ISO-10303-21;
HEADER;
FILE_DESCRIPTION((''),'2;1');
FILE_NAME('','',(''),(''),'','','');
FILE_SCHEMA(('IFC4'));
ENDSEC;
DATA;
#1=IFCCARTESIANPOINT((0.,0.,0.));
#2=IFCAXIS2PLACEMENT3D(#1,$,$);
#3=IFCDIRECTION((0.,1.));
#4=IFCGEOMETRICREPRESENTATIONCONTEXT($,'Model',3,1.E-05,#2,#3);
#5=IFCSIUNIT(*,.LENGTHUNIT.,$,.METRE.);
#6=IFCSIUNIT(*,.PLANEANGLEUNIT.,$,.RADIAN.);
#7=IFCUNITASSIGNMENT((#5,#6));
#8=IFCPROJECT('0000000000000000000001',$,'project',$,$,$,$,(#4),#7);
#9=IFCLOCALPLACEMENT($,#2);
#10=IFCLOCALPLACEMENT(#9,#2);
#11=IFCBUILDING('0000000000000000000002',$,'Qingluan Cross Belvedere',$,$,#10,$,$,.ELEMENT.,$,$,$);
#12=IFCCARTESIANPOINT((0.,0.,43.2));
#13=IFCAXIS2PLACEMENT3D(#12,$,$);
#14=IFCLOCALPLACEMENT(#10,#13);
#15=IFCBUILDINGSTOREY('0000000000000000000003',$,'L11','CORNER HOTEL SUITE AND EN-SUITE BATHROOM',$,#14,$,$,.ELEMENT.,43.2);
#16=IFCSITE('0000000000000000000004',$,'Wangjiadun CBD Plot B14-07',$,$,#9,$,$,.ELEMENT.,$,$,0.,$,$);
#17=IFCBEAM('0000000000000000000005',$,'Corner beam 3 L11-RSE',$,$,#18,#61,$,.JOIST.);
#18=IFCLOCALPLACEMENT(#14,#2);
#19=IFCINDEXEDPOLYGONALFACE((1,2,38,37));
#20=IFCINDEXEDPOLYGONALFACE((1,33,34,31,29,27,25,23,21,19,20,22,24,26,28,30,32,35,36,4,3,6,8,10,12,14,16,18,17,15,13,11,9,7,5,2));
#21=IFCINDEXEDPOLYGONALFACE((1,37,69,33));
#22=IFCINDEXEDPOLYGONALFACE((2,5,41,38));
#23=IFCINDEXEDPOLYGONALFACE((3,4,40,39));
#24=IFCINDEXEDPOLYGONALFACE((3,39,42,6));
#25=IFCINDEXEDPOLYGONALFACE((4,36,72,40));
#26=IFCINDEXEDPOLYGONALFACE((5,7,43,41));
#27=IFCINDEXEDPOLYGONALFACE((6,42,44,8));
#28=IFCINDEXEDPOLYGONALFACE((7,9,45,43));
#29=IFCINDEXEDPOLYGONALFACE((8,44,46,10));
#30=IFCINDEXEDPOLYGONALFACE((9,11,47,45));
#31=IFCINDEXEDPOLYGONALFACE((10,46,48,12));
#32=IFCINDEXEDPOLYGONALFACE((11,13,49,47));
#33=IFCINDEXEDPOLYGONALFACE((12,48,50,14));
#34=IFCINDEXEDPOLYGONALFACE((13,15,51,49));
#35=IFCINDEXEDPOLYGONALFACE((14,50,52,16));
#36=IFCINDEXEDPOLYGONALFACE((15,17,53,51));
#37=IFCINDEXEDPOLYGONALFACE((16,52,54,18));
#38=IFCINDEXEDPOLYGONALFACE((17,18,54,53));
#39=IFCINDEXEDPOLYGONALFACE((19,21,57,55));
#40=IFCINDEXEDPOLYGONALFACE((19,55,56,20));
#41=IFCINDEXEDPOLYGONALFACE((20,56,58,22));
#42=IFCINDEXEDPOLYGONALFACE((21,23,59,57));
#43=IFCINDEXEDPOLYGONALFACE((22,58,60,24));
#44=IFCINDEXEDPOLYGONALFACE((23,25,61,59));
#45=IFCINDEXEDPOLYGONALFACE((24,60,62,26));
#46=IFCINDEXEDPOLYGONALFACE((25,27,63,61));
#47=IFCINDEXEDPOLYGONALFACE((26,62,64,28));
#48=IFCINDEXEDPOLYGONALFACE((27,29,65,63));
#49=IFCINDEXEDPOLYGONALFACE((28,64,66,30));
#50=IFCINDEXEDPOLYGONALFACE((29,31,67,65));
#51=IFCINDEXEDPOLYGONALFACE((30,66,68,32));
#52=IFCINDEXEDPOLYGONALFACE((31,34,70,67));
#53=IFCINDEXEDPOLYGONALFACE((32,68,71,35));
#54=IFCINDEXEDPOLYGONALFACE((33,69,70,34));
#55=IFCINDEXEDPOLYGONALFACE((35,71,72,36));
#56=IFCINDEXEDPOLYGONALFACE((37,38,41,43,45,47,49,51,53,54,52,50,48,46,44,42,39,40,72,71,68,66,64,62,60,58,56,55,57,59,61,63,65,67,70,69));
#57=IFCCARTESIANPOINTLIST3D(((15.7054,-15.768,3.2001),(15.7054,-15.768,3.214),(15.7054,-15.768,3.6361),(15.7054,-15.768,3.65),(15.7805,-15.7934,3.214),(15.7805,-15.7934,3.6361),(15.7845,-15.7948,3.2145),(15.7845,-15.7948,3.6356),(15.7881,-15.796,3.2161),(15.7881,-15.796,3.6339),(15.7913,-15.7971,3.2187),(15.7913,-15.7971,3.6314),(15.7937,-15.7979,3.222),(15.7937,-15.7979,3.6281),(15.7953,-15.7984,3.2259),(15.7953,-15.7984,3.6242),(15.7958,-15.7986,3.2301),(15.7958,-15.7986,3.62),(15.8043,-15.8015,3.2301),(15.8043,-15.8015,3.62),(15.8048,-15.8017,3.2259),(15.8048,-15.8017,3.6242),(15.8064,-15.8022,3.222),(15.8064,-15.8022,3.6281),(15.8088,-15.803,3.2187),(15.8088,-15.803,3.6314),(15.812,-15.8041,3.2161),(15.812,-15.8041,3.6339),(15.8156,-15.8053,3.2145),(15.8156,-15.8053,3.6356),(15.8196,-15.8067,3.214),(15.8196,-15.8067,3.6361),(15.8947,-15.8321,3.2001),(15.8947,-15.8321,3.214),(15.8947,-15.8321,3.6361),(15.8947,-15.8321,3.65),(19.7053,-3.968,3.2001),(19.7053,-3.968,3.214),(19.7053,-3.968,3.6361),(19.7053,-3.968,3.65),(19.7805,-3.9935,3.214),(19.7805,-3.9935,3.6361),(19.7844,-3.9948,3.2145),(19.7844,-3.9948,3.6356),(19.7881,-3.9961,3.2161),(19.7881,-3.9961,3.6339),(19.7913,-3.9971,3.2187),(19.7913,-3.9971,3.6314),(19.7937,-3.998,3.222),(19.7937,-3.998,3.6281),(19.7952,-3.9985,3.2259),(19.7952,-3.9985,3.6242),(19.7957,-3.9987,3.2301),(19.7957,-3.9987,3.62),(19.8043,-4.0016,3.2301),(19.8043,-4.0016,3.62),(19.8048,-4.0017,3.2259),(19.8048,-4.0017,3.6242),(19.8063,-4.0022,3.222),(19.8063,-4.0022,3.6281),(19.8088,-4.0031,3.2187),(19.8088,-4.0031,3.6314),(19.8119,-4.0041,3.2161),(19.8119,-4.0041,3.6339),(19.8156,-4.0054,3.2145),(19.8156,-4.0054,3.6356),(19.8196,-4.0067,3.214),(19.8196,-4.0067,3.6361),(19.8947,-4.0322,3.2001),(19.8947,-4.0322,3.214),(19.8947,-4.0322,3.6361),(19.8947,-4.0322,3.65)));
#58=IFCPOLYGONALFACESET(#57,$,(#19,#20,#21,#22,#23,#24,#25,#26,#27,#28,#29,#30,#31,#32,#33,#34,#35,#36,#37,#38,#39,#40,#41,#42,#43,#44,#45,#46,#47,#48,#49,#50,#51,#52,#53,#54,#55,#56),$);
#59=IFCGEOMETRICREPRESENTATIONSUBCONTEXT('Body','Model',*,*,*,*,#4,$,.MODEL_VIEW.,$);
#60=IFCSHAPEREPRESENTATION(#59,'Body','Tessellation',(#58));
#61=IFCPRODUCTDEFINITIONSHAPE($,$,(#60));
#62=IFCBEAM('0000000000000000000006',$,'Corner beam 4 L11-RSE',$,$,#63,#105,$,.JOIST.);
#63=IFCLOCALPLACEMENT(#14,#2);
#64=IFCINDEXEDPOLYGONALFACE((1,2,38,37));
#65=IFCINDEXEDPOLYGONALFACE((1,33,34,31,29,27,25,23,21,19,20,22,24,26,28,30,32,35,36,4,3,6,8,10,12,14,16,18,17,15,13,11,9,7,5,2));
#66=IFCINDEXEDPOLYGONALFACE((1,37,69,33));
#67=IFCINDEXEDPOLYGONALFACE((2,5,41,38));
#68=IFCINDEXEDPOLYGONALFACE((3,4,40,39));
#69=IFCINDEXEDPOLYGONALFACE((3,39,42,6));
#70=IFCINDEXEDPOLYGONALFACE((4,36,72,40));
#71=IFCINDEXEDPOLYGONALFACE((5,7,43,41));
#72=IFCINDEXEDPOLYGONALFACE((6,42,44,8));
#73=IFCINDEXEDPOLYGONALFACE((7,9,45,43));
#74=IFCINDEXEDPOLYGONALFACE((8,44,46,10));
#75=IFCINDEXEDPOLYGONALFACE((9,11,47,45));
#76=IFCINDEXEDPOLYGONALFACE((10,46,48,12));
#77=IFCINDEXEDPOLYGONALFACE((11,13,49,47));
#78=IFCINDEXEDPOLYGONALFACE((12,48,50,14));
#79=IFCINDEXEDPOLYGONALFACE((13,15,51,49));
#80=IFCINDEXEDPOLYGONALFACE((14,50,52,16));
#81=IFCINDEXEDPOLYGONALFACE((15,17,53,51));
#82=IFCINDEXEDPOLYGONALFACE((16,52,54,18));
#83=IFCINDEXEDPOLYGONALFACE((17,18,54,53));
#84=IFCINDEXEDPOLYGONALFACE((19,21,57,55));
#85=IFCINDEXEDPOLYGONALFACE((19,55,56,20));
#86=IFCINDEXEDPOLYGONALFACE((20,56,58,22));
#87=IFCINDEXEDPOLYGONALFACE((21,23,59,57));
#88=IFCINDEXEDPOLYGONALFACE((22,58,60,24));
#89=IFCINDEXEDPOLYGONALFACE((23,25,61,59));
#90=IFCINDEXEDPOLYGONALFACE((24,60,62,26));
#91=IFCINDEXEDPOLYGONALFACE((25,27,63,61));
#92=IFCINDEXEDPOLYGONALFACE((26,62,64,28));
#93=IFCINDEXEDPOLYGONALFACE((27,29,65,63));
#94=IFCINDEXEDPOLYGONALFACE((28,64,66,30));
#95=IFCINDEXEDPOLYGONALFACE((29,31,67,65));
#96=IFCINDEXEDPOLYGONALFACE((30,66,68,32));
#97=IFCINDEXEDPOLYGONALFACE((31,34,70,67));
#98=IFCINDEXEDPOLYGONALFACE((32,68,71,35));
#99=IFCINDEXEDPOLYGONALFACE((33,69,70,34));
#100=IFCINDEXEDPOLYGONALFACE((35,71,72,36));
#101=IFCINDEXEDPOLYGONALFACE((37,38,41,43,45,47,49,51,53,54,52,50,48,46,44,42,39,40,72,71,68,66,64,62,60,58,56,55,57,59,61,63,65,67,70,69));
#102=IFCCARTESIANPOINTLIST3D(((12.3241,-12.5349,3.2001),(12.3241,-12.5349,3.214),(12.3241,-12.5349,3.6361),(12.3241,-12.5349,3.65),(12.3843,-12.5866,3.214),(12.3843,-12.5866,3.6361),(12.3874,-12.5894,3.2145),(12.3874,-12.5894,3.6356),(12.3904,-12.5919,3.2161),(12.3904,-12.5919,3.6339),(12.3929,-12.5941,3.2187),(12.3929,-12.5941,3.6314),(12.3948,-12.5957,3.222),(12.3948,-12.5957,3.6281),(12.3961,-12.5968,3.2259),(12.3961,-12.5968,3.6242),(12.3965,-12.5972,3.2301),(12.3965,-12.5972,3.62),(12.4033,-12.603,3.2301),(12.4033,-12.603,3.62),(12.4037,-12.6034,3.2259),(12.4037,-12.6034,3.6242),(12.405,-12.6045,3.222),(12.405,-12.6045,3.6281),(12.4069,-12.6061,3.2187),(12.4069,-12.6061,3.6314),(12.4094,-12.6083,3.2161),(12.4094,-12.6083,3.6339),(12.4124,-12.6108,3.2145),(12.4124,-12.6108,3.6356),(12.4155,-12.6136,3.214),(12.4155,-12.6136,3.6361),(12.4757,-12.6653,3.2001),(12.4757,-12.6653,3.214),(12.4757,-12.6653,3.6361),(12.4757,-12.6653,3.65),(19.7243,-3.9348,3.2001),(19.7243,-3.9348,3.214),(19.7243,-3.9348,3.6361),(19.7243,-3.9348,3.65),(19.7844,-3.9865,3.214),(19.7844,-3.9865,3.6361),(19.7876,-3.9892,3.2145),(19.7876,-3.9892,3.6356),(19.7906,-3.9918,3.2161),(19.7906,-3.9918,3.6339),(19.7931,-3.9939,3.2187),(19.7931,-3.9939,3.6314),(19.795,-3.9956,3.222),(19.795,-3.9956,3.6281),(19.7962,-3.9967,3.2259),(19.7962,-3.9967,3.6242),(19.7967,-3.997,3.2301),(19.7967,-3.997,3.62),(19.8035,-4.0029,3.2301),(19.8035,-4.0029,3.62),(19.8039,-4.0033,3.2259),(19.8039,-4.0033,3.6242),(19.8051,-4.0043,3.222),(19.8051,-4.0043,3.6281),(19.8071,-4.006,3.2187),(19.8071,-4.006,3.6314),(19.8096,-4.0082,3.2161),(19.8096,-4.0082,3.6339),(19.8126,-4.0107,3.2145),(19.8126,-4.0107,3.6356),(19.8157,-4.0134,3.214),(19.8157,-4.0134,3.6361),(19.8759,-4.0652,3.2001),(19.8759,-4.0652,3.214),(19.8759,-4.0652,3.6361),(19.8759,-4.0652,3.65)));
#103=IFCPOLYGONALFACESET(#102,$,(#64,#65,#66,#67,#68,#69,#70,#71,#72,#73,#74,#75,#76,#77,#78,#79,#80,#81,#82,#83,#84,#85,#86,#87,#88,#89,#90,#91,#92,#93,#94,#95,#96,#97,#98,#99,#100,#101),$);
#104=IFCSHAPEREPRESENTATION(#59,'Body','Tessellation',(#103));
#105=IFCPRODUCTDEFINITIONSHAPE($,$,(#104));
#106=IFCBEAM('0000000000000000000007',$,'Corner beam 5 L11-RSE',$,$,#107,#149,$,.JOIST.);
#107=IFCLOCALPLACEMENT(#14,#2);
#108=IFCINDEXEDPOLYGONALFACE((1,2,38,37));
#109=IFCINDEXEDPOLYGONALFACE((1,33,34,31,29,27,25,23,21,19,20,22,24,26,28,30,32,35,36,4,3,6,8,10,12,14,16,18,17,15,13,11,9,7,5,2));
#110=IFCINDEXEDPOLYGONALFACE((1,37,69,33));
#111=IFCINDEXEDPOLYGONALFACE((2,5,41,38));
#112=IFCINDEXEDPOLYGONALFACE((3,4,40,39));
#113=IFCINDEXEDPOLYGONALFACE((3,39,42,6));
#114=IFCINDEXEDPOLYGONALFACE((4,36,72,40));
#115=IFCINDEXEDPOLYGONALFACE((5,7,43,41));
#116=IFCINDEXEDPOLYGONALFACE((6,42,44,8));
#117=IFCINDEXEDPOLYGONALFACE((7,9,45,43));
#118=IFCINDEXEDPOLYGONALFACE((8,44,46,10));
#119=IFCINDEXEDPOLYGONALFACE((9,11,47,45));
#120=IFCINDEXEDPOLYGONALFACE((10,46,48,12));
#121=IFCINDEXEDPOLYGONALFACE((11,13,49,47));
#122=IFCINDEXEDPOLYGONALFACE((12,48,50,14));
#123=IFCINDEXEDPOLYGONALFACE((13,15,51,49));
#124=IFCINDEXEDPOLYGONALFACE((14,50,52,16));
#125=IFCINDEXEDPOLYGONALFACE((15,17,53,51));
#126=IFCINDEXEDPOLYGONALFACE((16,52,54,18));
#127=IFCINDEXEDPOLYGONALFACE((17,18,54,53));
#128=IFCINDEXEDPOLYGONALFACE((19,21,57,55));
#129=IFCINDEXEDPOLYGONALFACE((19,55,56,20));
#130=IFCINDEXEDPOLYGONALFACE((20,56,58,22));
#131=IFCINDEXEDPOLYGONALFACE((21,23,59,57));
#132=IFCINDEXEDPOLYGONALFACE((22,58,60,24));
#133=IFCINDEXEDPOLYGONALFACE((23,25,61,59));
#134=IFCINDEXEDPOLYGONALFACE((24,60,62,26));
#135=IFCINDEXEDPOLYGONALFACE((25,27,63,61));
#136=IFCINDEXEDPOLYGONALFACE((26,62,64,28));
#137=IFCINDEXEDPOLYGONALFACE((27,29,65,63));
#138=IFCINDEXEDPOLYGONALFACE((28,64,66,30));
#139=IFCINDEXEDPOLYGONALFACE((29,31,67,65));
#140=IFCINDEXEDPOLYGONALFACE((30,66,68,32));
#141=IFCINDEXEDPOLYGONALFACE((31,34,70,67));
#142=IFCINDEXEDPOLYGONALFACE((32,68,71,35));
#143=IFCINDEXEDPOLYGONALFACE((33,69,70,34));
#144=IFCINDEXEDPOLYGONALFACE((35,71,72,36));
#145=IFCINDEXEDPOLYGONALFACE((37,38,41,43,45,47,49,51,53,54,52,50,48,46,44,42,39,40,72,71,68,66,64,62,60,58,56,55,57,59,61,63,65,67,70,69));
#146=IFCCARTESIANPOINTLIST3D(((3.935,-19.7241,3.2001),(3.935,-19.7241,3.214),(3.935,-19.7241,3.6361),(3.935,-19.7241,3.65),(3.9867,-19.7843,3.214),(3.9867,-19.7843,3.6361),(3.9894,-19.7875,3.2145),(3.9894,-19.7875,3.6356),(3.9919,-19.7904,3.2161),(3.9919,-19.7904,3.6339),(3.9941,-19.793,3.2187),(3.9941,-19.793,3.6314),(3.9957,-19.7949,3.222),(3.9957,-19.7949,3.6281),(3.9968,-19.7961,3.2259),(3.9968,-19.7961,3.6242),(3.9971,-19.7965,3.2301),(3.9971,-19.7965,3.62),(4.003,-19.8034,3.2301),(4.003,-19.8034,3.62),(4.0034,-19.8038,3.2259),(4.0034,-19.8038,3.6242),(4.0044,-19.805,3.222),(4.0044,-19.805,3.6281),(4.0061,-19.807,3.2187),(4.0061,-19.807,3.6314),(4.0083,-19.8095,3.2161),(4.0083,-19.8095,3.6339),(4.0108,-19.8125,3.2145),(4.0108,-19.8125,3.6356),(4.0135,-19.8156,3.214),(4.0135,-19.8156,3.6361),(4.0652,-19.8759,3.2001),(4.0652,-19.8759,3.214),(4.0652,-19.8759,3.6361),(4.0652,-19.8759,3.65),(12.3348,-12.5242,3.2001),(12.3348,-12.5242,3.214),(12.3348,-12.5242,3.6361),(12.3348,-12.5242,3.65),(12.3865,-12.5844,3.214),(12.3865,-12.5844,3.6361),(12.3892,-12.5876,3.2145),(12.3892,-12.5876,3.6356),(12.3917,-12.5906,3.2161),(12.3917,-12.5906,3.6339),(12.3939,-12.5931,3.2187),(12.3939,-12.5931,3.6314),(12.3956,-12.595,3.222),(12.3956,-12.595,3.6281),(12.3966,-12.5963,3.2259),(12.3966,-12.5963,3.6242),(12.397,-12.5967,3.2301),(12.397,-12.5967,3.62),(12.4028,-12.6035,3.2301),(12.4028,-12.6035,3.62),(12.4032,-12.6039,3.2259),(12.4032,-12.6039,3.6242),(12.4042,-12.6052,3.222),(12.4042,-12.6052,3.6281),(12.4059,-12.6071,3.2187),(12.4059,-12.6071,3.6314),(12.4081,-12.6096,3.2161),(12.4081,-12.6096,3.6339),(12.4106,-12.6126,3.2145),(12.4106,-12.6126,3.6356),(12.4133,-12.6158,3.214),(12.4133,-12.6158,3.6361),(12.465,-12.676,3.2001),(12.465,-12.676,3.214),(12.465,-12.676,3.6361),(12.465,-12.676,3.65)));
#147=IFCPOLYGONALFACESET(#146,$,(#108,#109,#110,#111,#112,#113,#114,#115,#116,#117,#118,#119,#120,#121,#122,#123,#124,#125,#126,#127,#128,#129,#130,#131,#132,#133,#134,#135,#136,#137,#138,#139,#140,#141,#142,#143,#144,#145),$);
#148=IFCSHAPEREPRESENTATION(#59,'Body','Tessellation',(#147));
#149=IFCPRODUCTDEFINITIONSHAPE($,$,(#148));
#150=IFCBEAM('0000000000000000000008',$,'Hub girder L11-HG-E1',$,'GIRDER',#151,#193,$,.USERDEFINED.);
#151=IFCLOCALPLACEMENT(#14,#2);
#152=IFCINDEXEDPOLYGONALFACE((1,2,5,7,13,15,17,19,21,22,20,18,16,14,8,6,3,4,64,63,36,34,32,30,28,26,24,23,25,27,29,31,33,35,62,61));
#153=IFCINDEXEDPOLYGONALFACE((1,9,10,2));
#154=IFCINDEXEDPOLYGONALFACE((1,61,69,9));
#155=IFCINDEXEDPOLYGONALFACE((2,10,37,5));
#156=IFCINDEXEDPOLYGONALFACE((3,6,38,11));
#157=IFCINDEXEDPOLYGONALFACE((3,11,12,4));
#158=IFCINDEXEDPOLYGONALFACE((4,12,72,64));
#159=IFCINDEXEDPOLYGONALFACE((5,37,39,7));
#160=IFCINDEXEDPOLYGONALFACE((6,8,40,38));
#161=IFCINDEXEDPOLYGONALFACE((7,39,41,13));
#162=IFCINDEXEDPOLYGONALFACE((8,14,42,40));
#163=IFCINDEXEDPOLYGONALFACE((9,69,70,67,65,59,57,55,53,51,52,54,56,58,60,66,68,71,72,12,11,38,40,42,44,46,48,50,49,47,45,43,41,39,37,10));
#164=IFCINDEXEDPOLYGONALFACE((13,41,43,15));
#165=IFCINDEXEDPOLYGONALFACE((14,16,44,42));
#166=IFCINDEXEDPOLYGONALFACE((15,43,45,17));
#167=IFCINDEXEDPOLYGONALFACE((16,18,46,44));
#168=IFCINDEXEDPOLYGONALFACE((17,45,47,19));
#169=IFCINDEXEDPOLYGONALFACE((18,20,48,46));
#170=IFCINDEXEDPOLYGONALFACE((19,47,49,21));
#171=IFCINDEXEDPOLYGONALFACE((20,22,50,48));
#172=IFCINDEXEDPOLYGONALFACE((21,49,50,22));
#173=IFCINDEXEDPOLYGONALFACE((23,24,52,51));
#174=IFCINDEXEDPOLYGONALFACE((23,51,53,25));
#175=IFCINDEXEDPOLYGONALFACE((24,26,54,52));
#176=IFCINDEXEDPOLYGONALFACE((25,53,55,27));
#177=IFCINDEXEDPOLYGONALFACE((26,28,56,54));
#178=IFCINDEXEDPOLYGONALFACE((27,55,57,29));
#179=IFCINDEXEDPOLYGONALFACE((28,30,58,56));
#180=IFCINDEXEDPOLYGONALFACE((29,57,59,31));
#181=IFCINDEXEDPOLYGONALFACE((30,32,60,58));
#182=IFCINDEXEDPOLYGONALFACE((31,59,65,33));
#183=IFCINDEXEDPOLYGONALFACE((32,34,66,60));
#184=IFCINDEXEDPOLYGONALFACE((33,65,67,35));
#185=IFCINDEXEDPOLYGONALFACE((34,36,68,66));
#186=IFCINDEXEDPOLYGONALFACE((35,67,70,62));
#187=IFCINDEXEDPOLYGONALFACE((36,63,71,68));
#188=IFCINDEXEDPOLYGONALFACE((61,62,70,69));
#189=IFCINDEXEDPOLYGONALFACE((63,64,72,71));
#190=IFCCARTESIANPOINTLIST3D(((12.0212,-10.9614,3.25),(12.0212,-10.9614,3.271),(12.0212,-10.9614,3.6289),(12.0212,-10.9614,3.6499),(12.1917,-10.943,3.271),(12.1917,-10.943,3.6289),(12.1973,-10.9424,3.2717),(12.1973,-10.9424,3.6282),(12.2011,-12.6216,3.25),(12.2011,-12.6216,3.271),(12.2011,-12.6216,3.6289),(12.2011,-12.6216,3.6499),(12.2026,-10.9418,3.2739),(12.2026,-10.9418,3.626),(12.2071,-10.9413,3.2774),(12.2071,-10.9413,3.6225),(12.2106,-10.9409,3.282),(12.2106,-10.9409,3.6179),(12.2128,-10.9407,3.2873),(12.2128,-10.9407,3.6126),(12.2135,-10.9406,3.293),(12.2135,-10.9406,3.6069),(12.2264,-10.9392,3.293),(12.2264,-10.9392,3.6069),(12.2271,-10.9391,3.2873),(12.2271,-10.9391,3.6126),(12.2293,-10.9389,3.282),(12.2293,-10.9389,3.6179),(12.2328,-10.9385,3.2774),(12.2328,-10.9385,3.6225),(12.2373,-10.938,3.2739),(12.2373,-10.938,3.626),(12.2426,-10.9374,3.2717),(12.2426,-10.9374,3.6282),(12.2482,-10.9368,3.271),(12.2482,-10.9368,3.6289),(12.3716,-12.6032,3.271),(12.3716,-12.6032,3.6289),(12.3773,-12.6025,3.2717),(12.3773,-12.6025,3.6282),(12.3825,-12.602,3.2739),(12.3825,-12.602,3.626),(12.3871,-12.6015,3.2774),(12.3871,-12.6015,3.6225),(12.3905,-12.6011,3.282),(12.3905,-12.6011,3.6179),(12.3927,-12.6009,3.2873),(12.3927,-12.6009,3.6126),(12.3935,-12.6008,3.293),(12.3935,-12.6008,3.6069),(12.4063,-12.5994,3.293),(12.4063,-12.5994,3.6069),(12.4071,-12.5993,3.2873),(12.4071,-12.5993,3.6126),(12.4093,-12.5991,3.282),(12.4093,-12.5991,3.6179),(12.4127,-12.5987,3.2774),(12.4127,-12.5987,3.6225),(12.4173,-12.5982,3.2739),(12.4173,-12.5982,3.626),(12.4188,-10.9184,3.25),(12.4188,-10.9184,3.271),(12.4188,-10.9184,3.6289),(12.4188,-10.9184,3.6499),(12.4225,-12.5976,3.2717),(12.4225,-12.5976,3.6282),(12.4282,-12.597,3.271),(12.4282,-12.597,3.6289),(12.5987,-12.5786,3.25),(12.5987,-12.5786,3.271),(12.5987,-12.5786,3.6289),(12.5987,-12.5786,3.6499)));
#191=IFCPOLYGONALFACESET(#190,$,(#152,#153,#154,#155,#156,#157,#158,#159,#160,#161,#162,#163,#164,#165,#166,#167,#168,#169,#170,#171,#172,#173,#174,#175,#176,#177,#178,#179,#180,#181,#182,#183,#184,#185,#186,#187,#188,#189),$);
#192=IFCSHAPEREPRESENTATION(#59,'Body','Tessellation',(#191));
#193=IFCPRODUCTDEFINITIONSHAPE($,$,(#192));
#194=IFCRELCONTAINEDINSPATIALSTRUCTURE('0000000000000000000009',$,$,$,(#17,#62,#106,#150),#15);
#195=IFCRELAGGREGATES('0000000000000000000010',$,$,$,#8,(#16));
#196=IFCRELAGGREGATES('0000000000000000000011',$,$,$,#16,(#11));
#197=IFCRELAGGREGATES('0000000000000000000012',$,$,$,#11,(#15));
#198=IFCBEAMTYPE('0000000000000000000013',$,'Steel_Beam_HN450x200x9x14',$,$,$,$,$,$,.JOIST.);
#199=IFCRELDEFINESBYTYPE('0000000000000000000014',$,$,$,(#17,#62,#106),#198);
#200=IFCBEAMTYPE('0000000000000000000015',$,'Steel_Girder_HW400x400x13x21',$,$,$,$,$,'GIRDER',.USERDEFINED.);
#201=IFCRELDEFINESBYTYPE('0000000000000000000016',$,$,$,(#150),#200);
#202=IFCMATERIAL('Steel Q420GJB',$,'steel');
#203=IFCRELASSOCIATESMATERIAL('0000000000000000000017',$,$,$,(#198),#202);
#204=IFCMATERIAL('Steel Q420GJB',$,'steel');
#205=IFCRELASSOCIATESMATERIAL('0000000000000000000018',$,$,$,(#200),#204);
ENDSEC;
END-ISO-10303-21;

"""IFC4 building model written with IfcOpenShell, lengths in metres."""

from ifc_helpers import new_model, si_unit, direction, frame, origin, origin_2d, place, context, subcontext, project, spatial, i_section, extrude, material, material_profile, profile_set, type_object, element, save


model = new_model("IFC4")

# Units and contexts
model_context = context("Model", 3, precision=1e-05, world=origin(), true_north=direction((0.0, 1.0)))
body_context = subcontext(model_context, "Body", "Model", "MODEL_VIEW")
ifc_project = project(units=[si_unit("LENGTHUNIT", "METRE"), si_unit("PLANEANGLEUNIT", "RADIAN")], contexts=[model_context])

# Site, building, storey
site_placement = place(None, origin())
site = spatial("IfcSite", under=ifc_project, at=site_placement, Name="Wangjiadun CBD Plot B14-07", CompositionType="ELEMENT", RefElevation=0.0)
building_placement = place(site_placement, origin())
building = spatial("IfcBuilding", under=site, at=building_placement, Name="Qingluan Cross Belvedere", CompositionType="ELEMENT")
storey_placement = place(building_placement, frame((0.0, 0.0, 43.2)))
storey = spatial("IfcBuildingStorey", under=building, at=storey_placement, Name="L11", Description="CORNER HOTEL SUITE AND EN-SUITE BATHROOM", CompositionType="ELEMENT", Elevation=43.2)

# Beams
ifc_material_1 = material(Name="Steel Q420GJB", Category="steel")
ifc_material_profile_1 = material_profile(ifc_material_1, i_section(OverallWidth=0.2, OverallDepth=0.45, WebThickness=0.009, FlangeThickness=0.0139, FilletRadius=0.0161, at=origin_2d()), Name="HN450x200x9x14")
ifc_profile_set_1 = profile_set([ifc_material_profile_1], Name="Steel Q420GJB")
beam_type_1 = type_object("IfcBeamType", Name="Steel_Beam_HN450x200x9x14", PredefinedType="JOIST", material=ifc_profile_set_1)
for number, where, z_axis, x_axis, name in (
    (1, (15.8, -15.8, 3.425), (0.321038, 0.947066, 0.0), (-0.947066, 0.321038, 0.0), "Corner beam 3 L11-RSE"),
):
    element("IfcBeam", number, at=place(storey_placement, frame(where, z_axis=z_axis, x_axis=x_axis)), inside=storey, type_object=beam_type_1, Name=name, PredefinedType="JOIST", context=body_context, shape_type="SweptSolid", body=[
        extrude(i_section(OverallWidth=0.2, OverallDepth=0.45, WebThickness=0.009, FlangeThickness=0.0139, FilletRadius=0.0161, at=origin_2d()), origin(), (0.0, 0.0, 1.0), 12.4595),
    ])
beam_1_placement = place(storey_placement, frame((12.3999, -12.6001, 3.425), z_axis=(0.652245, 0.758008, 0.0), x_axis=(-0.758008, 0.652245, 0.0)))
element("IfcBeam", 2, at=beam_1_placement, inside=storey, type_object=beam_type_1, Name="Corner beam 4 L11-RSE", PredefinedType="JOIST", context=body_context, shape_type="SweptSolid", body=[
    extrude(i_section(OverallWidth=0.2, OverallDepth=0.45, WebThickness=0.009, FlangeThickness=0.0139, FilletRadius=0.0161, at=origin_2d()), origin(), (0.0, 0.0, 1.0), 11.3457),
])
beam_2_placement = place(storey_placement, frame((12.3999, -12.6001, 3.425), z_axis=(-0.759255, -0.650793, 0.0), x_axis=(0.650793, -0.759255, 0.0)))
element("IfcBeam", 3, at=beam_2_placement, inside=storey, type_object=beam_type_1, Name="Corner beam 5 L11-RSE", PredefinedType="JOIST", context=body_context, shape_type="SweptSolid", body=[
    extrude(i_section(OverallWidth=0.2, OverallDepth=0.45, WebThickness=0.009, FlangeThickness=0.0139, FilletRadius=0.0161, at=origin_2d()), origin(), (0.0, 0.0, 1.0), 11.0632),
])
ifc_material_2 = material(Name="Steel Q420GJB", Category="steel")
ifc_material_profile_2 = material_profile(ifc_material_2, i_section(OverallWidth=0.3999, OverallDepth=0.3999, WebThickness=0.0129, FlangeThickness=0.021, FilletRadius=0.022, at=origin_2d()), Name="HW400x400x13x21")
ifc_profile_set_2 = profile_set([ifc_material_profile_2], Name="Steel Q420GJB")
beam_type_2 = type_object("IfcBeamType", Name="Steel_Girder_HW400x400x13x21", ElementType="GIRDER", PredefinedType="USERDEFINED", material=ifc_profile_set_2)
beam_3_placement = place(storey_placement, frame((12.3999, -12.6001, 3.45), z_axis=(-0.107751, 0.994178, 0.0), x_axis=(-0.994178, -0.107751, 0.0)))
element("IfcBeam", 4, at=beam_3_placement, inside=storey, type_object=beam_type_2, Name="Hub girder L11-HG-E1", ObjectType="GIRDER", PredefinedType="USERDEFINED", context=body_context, shape_type="SweptSolid", body=[
    extrude(i_section(OverallWidth=0.3999, OverallDepth=0.3999, WebThickness=0.0129, FlangeThickness=0.021, FilletRadius=0.022, at=origin_2d()), origin(), (0.0, 0.0, 1.0), 1.6699),
])

save(model, "model.ifc")
